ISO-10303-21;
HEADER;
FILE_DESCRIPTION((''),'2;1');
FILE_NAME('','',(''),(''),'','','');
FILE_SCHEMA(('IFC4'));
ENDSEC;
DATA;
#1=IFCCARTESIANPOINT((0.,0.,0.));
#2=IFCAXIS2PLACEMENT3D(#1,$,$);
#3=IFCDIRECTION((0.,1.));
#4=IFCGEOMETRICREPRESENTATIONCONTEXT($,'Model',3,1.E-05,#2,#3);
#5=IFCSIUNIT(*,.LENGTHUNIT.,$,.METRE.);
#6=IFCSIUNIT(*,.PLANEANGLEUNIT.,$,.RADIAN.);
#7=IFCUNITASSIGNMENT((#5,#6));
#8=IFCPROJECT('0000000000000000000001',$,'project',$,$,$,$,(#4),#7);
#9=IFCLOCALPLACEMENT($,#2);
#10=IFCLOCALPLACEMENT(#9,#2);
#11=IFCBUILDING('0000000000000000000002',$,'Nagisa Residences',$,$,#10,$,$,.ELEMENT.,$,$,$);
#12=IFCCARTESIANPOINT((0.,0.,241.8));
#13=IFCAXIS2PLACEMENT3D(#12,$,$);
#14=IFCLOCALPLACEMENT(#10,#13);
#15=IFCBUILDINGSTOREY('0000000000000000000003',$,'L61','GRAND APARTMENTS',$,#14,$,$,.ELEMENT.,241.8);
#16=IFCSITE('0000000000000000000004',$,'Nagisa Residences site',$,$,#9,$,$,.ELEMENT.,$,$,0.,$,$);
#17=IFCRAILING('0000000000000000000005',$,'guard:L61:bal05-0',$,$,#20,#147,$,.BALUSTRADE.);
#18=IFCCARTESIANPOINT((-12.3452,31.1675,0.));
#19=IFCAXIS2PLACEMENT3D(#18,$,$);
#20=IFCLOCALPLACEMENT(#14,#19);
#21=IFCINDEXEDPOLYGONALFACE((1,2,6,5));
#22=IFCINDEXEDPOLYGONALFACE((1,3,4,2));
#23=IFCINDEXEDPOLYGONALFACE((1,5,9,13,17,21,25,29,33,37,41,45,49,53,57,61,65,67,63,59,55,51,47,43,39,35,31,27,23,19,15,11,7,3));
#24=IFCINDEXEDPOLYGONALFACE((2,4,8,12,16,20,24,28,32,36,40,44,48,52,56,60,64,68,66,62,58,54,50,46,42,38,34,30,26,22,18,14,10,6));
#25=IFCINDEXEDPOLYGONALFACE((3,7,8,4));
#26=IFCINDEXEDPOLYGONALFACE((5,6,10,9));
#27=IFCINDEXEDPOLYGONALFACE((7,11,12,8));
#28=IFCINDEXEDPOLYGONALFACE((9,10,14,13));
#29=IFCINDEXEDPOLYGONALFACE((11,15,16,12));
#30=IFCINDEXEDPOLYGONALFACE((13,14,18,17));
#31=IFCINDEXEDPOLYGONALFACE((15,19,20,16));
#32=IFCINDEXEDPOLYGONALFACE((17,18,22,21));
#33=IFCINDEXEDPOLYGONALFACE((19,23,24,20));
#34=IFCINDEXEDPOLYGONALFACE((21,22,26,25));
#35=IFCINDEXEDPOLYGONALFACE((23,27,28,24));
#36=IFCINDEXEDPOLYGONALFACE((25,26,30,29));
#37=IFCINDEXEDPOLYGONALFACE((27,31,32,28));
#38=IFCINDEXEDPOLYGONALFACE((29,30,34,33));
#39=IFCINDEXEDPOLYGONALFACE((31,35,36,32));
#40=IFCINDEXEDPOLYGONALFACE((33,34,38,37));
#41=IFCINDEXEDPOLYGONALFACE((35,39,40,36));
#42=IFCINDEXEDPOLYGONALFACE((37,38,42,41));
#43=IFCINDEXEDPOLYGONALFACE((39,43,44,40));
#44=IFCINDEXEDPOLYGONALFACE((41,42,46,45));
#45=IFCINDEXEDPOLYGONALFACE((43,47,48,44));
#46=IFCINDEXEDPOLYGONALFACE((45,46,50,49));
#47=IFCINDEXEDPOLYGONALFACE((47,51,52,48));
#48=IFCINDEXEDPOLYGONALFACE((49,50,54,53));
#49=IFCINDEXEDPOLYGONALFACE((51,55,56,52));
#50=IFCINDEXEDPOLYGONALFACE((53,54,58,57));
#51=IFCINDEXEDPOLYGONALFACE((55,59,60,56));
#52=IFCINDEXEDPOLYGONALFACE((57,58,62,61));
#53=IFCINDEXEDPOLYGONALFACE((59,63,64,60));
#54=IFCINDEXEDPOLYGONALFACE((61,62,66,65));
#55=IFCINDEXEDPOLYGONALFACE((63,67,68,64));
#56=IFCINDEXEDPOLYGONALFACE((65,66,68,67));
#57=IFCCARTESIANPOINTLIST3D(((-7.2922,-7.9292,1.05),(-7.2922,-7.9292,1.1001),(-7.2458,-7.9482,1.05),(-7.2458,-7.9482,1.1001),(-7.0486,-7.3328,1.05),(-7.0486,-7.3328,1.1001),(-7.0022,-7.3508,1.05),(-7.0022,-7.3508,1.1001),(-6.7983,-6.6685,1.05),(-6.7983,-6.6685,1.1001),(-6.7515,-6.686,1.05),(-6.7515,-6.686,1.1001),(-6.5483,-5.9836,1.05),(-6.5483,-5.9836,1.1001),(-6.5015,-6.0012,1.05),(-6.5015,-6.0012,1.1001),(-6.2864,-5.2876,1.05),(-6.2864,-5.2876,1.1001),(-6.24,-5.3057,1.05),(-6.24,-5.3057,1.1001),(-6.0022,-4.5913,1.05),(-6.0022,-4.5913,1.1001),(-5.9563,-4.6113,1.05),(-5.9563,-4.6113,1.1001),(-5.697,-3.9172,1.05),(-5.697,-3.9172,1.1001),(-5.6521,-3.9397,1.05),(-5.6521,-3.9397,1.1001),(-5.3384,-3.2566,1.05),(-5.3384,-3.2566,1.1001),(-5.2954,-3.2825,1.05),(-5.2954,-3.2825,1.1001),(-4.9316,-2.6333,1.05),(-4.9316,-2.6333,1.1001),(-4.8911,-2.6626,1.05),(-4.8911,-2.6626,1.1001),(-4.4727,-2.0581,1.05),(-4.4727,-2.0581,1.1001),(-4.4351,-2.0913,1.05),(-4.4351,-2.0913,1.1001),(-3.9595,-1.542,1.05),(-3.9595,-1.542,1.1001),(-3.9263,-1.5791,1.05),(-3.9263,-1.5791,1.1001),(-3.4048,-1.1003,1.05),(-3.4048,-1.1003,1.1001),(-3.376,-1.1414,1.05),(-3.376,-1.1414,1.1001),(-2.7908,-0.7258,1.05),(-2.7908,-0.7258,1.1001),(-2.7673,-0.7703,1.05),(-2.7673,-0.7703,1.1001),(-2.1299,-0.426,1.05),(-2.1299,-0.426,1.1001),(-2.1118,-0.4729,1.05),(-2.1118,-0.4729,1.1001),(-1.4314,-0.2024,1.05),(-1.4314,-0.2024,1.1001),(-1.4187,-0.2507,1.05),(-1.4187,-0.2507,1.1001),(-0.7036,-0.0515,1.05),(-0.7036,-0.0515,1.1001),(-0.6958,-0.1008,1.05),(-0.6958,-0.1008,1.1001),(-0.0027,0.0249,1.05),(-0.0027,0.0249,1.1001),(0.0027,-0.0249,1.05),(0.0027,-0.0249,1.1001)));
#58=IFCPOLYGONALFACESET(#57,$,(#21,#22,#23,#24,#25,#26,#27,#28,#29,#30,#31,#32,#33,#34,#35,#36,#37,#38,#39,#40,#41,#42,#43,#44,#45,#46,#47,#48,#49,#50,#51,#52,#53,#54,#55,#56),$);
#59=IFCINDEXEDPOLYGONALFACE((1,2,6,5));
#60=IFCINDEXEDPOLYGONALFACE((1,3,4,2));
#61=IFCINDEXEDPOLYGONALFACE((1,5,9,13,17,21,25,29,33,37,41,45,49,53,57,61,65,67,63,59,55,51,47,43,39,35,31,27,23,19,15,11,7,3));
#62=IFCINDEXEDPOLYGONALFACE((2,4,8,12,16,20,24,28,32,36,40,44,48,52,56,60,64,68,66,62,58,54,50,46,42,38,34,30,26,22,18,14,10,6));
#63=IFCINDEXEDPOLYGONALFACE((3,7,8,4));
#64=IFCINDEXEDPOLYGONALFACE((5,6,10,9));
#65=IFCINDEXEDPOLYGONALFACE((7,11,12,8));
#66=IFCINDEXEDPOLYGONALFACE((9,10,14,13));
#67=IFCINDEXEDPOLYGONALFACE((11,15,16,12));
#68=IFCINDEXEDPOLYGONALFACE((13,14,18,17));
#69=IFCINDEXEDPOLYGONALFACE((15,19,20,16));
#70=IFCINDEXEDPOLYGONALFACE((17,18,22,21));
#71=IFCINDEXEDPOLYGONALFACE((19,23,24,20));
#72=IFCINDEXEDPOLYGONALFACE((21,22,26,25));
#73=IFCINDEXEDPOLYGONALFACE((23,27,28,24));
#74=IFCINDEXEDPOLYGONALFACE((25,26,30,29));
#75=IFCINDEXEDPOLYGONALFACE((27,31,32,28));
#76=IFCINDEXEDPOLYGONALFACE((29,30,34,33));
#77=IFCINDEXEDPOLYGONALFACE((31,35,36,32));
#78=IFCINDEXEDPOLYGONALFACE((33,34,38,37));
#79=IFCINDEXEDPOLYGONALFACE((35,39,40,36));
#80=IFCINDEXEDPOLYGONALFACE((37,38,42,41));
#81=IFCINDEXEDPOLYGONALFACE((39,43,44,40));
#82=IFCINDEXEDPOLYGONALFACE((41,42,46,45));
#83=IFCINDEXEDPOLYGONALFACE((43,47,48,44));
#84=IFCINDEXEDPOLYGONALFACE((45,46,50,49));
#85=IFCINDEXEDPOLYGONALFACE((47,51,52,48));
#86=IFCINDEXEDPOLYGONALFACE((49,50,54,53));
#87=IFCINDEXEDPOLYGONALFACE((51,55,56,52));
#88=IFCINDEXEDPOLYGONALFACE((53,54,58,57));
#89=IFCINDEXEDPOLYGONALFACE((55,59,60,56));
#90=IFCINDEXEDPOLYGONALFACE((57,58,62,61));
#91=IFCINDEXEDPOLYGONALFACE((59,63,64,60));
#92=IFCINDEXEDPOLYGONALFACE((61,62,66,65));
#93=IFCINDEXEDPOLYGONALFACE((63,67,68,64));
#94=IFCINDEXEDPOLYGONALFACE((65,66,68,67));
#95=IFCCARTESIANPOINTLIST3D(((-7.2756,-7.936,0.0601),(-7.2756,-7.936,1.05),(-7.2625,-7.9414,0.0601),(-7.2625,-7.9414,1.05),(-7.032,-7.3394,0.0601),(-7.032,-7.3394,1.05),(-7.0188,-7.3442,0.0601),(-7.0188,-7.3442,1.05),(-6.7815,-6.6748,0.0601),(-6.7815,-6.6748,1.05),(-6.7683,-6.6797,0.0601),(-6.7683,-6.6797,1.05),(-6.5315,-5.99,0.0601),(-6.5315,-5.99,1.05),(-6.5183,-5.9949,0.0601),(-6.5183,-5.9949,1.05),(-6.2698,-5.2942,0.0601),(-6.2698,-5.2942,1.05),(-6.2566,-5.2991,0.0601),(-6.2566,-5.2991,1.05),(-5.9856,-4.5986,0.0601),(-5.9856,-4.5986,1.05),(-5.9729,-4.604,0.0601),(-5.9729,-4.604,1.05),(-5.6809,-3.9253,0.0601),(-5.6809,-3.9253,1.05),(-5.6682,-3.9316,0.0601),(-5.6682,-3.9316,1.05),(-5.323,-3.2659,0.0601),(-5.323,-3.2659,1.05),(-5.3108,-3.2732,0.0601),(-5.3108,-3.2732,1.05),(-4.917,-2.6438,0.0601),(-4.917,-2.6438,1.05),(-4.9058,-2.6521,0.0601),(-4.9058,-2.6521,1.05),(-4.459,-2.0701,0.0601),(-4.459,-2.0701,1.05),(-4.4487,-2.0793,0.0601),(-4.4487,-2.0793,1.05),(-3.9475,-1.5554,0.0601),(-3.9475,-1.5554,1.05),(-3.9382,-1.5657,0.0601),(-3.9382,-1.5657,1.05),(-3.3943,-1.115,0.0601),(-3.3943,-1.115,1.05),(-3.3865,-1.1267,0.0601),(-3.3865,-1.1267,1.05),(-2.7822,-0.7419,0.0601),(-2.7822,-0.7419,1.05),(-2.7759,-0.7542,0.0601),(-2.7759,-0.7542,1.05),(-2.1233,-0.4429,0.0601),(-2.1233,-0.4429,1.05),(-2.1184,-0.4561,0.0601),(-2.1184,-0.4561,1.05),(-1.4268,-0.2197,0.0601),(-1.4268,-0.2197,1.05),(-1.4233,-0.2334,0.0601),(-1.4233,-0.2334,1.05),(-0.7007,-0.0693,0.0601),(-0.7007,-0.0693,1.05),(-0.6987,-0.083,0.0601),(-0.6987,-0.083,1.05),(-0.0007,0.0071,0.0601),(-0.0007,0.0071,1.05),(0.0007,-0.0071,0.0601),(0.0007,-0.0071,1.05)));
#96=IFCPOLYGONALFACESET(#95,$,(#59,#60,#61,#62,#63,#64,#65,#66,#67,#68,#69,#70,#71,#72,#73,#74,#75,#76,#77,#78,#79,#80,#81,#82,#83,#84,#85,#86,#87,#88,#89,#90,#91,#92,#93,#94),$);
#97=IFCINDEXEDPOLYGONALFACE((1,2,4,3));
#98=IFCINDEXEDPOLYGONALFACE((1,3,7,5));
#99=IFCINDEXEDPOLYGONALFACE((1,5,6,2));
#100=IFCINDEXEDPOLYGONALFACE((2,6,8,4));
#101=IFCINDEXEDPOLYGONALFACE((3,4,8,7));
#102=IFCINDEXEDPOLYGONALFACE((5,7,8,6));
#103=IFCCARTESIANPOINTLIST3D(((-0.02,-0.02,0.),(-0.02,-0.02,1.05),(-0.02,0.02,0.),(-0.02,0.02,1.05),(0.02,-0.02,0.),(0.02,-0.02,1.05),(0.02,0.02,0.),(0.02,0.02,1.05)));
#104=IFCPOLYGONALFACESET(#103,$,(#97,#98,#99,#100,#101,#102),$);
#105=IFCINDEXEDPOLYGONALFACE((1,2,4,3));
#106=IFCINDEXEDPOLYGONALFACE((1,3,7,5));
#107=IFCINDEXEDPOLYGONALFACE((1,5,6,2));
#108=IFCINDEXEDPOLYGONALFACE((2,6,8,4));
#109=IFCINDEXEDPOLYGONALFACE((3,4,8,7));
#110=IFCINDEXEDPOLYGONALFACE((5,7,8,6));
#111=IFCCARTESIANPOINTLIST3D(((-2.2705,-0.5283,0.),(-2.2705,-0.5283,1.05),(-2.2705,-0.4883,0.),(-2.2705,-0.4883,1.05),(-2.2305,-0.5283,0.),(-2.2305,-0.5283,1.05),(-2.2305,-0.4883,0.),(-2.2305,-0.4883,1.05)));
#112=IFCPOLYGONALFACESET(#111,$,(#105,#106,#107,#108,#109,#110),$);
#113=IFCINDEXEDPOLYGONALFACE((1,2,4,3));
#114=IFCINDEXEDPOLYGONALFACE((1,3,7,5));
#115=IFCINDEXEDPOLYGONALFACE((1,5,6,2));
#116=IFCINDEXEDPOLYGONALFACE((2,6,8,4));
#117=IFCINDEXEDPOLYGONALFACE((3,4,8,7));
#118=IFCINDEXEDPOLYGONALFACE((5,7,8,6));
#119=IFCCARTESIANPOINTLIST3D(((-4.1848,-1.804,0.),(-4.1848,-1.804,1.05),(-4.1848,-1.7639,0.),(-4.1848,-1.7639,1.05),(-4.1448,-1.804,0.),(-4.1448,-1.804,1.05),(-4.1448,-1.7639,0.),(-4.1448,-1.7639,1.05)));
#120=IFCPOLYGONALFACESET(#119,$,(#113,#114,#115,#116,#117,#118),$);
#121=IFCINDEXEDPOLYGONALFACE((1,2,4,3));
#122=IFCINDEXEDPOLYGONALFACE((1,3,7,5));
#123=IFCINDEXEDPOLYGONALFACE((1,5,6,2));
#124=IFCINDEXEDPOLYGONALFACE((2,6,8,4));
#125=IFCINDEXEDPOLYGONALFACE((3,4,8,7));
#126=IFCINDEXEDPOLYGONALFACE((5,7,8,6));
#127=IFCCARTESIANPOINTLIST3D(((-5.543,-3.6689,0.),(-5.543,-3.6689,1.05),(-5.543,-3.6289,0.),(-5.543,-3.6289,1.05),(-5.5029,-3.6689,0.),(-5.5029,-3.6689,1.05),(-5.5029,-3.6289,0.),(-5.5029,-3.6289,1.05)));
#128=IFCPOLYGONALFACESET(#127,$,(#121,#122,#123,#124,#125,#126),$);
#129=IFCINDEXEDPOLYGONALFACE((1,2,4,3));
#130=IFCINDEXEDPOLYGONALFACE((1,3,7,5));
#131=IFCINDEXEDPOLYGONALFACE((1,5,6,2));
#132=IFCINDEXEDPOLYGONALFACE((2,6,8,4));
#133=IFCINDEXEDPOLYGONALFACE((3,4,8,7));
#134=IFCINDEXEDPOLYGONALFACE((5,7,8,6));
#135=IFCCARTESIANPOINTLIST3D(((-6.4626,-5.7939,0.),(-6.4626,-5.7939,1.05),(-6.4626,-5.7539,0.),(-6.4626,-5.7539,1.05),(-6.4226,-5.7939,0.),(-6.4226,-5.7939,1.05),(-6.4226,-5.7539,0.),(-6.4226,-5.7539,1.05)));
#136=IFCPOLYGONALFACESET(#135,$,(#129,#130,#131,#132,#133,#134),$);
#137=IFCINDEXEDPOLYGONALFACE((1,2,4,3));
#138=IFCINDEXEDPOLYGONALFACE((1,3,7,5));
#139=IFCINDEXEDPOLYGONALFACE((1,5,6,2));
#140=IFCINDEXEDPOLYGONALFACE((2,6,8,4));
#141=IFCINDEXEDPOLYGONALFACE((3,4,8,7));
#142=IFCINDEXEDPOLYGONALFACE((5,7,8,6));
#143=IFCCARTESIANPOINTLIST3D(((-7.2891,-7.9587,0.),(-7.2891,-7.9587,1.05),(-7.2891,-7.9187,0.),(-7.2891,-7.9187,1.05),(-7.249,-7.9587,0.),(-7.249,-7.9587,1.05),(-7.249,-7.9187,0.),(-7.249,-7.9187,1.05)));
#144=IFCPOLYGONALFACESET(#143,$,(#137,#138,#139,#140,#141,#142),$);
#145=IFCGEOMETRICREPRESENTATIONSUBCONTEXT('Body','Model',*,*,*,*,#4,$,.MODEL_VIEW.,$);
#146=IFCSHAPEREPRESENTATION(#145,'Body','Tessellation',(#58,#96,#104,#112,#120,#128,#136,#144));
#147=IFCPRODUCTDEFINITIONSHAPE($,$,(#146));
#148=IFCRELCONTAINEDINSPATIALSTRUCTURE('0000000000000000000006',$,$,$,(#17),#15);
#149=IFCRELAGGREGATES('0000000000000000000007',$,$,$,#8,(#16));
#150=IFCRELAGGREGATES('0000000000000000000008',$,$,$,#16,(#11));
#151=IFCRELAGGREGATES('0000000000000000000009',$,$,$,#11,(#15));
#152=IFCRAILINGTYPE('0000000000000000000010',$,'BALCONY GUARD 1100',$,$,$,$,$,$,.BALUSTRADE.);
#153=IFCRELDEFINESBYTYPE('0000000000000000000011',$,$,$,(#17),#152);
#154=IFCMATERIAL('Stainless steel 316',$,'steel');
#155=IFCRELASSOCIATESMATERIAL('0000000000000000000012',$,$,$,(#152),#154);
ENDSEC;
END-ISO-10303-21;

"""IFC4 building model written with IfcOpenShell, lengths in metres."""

from ifc_helpers import new_model, si_unit, direction, frame, origin, origin_2d, place, context, subcontext, project, spatial, polyline, rectangle, outline, extrude, material, type_object, element, save


model = new_model("IFC4")

# Units and contexts
model_context = context("Model", 3, precision=1e-05, world=origin(), true_north=direction((0.0, 1.0)))
body_context = subcontext(model_context, "Body", "Model", "MODEL_VIEW")
ifc_project = project(units=[si_unit("LENGTHUNIT", "METRE"), si_unit("PLANEANGLEUNIT", "RADIAN")], contexts=[model_context])

# Site, building, storey
site_placement = place(None, origin())
site = spatial("IfcSite", under=ifc_project, at=site_placement, Name="Nagisa Residences site", CompositionType="ELEMENT", RefElevation=0.0)
building_placement = place(site_placement, origin())
building = spatial("IfcBuilding", under=site, at=building_placement, Name="Nagisa Residences", CompositionType="ELEMENT")
storey_placement = place(building_placement, frame((0.0, 0.0, 241.8)))
storey = spatial("IfcBuildingStorey", under=building, at=storey_placement, Name="L61", Description="GRAND APARTMENTS", CompositionType="ELEMENT", Elevation=241.8)

# Railing
ifc_material_1 = material(Name="Stainless steel 316", Category="steel")
railing_type = type_object("IfcRailingType", Name="BALCONY GUARD 1100", PredefinedType="BALUSTRADE", material=ifc_material_1)
railing_1_placement = place(storey_placement, frame((-12.3452, 31.1675, 0.0)))
element("IfcRailing", 1, at=railing_1_placement, inside=storey, type_object=railing_type, Name="guard:L61:bal05-0", PredefinedType="BALUSTRADE", context=body_context, shape_type="SweptSolid", body=[
    extrude(outline(polyline([(-0.6958, -0.1008), (0.0027, -0.0249), (-0.0027, 0.0249), (-0.7036, -0.0515), (-1.4314, -0.2024), (-2.1299, -0.426), (-2.7908, -0.7258), (-3.4048, -1.1003), (-3.9595, -1.542), (-4.4727, -2.0581), (-4.9316, -2.6333), (-5.3384, -3.2566), (-5.697, -3.9172), (-6.0022, -4.5913), (-6.2864, -5.2876), (-6.5483, -5.9836), (-6.7983, -6.6685), (-7.0486, -7.3328), (-7.2922, -7.9292), (-7.2458, -7.9482), (-7.0022, -7.3508), (-6.7515, -6.686), (-6.5015, -6.0012), (-6.24, -5.3057), (-5.9563, -4.6113), (-5.6521, -3.9397), (-5.2954, -3.2825), (-4.8911, -2.6626), (-4.4351, -2.0913), (-3.9263, -1.5791), (-3.376, -1.1414), (-2.7673, -0.7703), (-2.1118, -0.4729), (-1.4187, -0.2507), (-0.6958, -0.1008)])), frame((0.0, 0.0, 1.05)), (0.0, 0.0, 1.0), 0.05),
    extrude(outline(polyline([(-0.6987, -0.083), (0.0007, -0.0071), (-0.0007, 0.0071), (-0.7007, -0.0693), (-1.4268, -0.2197), (-2.1233, -0.4429), (-2.7822, -0.7419), (-3.3943, -1.115), (-3.9475, -1.5554), (-4.459, -2.0701), (-4.917, -2.6438), (-5.323, -3.2659), (-5.6809, -3.9253), (-5.9856, -4.5986), (-6.2698, -5.2942), (-6.5315, -5.99), (-6.7815, -6.6748), (-7.032, -7.3394), (-7.2756, -7.936), (-7.2625, -7.9414), (-7.0188, -7.3442), (-6.7683, -6.6797), (-6.5183, -5.9949), (-6.2566, -5.2991), (-5.9729, -4.604), (-5.6682, -3.9316), (-5.3108, -3.2732), (-4.9058, -2.6521), (-4.4487, -2.0793), (-3.9382, -1.5657), (-3.3865, -1.1267), (-2.7759, -0.7542), (-2.1184, -0.4561), (-1.4233, -0.2334), (-0.6987, -0.083)])), frame((0.0, 0.0, 0.0601)), (0.0, 0.0, 1.0), 0.99),
    extrude(rectangle(XDim=0.04, YDim=0.04, at=origin_2d()), origin(), (0.0, 0.0, 1.0), 1.05),
    extrude(rectangle(XDim=0.04, YDim=0.04, at=origin_2d()), frame((-2.2505, -0.5083, 0.0)), (0.0, 0.0, 1.0), 1.05),
    extrude(rectangle(XDim=0.04, YDim=0.04, at=origin_2d()), frame((-4.1648, -1.7839, 0.0)), (0.0, 0.0, 1.0), 1.05),
    extrude(rectangle(XDim=0.04, YDim=0.04, at=origin_2d()), frame((-5.5229, -3.6489, 0.0)), (0.0, 0.0, 1.0), 1.05),
    extrude(rectangle(XDim=0.04, YDim=0.04, at=origin_2d()), frame((-6.4426, -5.7739, 0.0)), (0.0, 0.0, 1.0), 1.05),
    extrude(rectangle(XDim=0.04, YDim=0.04, at=origin_2d()), frame((-7.269, -7.9387, 0.0)), (0.0, 0.0, 1.0), 1.05),
])

save(model, "model.ifc")
